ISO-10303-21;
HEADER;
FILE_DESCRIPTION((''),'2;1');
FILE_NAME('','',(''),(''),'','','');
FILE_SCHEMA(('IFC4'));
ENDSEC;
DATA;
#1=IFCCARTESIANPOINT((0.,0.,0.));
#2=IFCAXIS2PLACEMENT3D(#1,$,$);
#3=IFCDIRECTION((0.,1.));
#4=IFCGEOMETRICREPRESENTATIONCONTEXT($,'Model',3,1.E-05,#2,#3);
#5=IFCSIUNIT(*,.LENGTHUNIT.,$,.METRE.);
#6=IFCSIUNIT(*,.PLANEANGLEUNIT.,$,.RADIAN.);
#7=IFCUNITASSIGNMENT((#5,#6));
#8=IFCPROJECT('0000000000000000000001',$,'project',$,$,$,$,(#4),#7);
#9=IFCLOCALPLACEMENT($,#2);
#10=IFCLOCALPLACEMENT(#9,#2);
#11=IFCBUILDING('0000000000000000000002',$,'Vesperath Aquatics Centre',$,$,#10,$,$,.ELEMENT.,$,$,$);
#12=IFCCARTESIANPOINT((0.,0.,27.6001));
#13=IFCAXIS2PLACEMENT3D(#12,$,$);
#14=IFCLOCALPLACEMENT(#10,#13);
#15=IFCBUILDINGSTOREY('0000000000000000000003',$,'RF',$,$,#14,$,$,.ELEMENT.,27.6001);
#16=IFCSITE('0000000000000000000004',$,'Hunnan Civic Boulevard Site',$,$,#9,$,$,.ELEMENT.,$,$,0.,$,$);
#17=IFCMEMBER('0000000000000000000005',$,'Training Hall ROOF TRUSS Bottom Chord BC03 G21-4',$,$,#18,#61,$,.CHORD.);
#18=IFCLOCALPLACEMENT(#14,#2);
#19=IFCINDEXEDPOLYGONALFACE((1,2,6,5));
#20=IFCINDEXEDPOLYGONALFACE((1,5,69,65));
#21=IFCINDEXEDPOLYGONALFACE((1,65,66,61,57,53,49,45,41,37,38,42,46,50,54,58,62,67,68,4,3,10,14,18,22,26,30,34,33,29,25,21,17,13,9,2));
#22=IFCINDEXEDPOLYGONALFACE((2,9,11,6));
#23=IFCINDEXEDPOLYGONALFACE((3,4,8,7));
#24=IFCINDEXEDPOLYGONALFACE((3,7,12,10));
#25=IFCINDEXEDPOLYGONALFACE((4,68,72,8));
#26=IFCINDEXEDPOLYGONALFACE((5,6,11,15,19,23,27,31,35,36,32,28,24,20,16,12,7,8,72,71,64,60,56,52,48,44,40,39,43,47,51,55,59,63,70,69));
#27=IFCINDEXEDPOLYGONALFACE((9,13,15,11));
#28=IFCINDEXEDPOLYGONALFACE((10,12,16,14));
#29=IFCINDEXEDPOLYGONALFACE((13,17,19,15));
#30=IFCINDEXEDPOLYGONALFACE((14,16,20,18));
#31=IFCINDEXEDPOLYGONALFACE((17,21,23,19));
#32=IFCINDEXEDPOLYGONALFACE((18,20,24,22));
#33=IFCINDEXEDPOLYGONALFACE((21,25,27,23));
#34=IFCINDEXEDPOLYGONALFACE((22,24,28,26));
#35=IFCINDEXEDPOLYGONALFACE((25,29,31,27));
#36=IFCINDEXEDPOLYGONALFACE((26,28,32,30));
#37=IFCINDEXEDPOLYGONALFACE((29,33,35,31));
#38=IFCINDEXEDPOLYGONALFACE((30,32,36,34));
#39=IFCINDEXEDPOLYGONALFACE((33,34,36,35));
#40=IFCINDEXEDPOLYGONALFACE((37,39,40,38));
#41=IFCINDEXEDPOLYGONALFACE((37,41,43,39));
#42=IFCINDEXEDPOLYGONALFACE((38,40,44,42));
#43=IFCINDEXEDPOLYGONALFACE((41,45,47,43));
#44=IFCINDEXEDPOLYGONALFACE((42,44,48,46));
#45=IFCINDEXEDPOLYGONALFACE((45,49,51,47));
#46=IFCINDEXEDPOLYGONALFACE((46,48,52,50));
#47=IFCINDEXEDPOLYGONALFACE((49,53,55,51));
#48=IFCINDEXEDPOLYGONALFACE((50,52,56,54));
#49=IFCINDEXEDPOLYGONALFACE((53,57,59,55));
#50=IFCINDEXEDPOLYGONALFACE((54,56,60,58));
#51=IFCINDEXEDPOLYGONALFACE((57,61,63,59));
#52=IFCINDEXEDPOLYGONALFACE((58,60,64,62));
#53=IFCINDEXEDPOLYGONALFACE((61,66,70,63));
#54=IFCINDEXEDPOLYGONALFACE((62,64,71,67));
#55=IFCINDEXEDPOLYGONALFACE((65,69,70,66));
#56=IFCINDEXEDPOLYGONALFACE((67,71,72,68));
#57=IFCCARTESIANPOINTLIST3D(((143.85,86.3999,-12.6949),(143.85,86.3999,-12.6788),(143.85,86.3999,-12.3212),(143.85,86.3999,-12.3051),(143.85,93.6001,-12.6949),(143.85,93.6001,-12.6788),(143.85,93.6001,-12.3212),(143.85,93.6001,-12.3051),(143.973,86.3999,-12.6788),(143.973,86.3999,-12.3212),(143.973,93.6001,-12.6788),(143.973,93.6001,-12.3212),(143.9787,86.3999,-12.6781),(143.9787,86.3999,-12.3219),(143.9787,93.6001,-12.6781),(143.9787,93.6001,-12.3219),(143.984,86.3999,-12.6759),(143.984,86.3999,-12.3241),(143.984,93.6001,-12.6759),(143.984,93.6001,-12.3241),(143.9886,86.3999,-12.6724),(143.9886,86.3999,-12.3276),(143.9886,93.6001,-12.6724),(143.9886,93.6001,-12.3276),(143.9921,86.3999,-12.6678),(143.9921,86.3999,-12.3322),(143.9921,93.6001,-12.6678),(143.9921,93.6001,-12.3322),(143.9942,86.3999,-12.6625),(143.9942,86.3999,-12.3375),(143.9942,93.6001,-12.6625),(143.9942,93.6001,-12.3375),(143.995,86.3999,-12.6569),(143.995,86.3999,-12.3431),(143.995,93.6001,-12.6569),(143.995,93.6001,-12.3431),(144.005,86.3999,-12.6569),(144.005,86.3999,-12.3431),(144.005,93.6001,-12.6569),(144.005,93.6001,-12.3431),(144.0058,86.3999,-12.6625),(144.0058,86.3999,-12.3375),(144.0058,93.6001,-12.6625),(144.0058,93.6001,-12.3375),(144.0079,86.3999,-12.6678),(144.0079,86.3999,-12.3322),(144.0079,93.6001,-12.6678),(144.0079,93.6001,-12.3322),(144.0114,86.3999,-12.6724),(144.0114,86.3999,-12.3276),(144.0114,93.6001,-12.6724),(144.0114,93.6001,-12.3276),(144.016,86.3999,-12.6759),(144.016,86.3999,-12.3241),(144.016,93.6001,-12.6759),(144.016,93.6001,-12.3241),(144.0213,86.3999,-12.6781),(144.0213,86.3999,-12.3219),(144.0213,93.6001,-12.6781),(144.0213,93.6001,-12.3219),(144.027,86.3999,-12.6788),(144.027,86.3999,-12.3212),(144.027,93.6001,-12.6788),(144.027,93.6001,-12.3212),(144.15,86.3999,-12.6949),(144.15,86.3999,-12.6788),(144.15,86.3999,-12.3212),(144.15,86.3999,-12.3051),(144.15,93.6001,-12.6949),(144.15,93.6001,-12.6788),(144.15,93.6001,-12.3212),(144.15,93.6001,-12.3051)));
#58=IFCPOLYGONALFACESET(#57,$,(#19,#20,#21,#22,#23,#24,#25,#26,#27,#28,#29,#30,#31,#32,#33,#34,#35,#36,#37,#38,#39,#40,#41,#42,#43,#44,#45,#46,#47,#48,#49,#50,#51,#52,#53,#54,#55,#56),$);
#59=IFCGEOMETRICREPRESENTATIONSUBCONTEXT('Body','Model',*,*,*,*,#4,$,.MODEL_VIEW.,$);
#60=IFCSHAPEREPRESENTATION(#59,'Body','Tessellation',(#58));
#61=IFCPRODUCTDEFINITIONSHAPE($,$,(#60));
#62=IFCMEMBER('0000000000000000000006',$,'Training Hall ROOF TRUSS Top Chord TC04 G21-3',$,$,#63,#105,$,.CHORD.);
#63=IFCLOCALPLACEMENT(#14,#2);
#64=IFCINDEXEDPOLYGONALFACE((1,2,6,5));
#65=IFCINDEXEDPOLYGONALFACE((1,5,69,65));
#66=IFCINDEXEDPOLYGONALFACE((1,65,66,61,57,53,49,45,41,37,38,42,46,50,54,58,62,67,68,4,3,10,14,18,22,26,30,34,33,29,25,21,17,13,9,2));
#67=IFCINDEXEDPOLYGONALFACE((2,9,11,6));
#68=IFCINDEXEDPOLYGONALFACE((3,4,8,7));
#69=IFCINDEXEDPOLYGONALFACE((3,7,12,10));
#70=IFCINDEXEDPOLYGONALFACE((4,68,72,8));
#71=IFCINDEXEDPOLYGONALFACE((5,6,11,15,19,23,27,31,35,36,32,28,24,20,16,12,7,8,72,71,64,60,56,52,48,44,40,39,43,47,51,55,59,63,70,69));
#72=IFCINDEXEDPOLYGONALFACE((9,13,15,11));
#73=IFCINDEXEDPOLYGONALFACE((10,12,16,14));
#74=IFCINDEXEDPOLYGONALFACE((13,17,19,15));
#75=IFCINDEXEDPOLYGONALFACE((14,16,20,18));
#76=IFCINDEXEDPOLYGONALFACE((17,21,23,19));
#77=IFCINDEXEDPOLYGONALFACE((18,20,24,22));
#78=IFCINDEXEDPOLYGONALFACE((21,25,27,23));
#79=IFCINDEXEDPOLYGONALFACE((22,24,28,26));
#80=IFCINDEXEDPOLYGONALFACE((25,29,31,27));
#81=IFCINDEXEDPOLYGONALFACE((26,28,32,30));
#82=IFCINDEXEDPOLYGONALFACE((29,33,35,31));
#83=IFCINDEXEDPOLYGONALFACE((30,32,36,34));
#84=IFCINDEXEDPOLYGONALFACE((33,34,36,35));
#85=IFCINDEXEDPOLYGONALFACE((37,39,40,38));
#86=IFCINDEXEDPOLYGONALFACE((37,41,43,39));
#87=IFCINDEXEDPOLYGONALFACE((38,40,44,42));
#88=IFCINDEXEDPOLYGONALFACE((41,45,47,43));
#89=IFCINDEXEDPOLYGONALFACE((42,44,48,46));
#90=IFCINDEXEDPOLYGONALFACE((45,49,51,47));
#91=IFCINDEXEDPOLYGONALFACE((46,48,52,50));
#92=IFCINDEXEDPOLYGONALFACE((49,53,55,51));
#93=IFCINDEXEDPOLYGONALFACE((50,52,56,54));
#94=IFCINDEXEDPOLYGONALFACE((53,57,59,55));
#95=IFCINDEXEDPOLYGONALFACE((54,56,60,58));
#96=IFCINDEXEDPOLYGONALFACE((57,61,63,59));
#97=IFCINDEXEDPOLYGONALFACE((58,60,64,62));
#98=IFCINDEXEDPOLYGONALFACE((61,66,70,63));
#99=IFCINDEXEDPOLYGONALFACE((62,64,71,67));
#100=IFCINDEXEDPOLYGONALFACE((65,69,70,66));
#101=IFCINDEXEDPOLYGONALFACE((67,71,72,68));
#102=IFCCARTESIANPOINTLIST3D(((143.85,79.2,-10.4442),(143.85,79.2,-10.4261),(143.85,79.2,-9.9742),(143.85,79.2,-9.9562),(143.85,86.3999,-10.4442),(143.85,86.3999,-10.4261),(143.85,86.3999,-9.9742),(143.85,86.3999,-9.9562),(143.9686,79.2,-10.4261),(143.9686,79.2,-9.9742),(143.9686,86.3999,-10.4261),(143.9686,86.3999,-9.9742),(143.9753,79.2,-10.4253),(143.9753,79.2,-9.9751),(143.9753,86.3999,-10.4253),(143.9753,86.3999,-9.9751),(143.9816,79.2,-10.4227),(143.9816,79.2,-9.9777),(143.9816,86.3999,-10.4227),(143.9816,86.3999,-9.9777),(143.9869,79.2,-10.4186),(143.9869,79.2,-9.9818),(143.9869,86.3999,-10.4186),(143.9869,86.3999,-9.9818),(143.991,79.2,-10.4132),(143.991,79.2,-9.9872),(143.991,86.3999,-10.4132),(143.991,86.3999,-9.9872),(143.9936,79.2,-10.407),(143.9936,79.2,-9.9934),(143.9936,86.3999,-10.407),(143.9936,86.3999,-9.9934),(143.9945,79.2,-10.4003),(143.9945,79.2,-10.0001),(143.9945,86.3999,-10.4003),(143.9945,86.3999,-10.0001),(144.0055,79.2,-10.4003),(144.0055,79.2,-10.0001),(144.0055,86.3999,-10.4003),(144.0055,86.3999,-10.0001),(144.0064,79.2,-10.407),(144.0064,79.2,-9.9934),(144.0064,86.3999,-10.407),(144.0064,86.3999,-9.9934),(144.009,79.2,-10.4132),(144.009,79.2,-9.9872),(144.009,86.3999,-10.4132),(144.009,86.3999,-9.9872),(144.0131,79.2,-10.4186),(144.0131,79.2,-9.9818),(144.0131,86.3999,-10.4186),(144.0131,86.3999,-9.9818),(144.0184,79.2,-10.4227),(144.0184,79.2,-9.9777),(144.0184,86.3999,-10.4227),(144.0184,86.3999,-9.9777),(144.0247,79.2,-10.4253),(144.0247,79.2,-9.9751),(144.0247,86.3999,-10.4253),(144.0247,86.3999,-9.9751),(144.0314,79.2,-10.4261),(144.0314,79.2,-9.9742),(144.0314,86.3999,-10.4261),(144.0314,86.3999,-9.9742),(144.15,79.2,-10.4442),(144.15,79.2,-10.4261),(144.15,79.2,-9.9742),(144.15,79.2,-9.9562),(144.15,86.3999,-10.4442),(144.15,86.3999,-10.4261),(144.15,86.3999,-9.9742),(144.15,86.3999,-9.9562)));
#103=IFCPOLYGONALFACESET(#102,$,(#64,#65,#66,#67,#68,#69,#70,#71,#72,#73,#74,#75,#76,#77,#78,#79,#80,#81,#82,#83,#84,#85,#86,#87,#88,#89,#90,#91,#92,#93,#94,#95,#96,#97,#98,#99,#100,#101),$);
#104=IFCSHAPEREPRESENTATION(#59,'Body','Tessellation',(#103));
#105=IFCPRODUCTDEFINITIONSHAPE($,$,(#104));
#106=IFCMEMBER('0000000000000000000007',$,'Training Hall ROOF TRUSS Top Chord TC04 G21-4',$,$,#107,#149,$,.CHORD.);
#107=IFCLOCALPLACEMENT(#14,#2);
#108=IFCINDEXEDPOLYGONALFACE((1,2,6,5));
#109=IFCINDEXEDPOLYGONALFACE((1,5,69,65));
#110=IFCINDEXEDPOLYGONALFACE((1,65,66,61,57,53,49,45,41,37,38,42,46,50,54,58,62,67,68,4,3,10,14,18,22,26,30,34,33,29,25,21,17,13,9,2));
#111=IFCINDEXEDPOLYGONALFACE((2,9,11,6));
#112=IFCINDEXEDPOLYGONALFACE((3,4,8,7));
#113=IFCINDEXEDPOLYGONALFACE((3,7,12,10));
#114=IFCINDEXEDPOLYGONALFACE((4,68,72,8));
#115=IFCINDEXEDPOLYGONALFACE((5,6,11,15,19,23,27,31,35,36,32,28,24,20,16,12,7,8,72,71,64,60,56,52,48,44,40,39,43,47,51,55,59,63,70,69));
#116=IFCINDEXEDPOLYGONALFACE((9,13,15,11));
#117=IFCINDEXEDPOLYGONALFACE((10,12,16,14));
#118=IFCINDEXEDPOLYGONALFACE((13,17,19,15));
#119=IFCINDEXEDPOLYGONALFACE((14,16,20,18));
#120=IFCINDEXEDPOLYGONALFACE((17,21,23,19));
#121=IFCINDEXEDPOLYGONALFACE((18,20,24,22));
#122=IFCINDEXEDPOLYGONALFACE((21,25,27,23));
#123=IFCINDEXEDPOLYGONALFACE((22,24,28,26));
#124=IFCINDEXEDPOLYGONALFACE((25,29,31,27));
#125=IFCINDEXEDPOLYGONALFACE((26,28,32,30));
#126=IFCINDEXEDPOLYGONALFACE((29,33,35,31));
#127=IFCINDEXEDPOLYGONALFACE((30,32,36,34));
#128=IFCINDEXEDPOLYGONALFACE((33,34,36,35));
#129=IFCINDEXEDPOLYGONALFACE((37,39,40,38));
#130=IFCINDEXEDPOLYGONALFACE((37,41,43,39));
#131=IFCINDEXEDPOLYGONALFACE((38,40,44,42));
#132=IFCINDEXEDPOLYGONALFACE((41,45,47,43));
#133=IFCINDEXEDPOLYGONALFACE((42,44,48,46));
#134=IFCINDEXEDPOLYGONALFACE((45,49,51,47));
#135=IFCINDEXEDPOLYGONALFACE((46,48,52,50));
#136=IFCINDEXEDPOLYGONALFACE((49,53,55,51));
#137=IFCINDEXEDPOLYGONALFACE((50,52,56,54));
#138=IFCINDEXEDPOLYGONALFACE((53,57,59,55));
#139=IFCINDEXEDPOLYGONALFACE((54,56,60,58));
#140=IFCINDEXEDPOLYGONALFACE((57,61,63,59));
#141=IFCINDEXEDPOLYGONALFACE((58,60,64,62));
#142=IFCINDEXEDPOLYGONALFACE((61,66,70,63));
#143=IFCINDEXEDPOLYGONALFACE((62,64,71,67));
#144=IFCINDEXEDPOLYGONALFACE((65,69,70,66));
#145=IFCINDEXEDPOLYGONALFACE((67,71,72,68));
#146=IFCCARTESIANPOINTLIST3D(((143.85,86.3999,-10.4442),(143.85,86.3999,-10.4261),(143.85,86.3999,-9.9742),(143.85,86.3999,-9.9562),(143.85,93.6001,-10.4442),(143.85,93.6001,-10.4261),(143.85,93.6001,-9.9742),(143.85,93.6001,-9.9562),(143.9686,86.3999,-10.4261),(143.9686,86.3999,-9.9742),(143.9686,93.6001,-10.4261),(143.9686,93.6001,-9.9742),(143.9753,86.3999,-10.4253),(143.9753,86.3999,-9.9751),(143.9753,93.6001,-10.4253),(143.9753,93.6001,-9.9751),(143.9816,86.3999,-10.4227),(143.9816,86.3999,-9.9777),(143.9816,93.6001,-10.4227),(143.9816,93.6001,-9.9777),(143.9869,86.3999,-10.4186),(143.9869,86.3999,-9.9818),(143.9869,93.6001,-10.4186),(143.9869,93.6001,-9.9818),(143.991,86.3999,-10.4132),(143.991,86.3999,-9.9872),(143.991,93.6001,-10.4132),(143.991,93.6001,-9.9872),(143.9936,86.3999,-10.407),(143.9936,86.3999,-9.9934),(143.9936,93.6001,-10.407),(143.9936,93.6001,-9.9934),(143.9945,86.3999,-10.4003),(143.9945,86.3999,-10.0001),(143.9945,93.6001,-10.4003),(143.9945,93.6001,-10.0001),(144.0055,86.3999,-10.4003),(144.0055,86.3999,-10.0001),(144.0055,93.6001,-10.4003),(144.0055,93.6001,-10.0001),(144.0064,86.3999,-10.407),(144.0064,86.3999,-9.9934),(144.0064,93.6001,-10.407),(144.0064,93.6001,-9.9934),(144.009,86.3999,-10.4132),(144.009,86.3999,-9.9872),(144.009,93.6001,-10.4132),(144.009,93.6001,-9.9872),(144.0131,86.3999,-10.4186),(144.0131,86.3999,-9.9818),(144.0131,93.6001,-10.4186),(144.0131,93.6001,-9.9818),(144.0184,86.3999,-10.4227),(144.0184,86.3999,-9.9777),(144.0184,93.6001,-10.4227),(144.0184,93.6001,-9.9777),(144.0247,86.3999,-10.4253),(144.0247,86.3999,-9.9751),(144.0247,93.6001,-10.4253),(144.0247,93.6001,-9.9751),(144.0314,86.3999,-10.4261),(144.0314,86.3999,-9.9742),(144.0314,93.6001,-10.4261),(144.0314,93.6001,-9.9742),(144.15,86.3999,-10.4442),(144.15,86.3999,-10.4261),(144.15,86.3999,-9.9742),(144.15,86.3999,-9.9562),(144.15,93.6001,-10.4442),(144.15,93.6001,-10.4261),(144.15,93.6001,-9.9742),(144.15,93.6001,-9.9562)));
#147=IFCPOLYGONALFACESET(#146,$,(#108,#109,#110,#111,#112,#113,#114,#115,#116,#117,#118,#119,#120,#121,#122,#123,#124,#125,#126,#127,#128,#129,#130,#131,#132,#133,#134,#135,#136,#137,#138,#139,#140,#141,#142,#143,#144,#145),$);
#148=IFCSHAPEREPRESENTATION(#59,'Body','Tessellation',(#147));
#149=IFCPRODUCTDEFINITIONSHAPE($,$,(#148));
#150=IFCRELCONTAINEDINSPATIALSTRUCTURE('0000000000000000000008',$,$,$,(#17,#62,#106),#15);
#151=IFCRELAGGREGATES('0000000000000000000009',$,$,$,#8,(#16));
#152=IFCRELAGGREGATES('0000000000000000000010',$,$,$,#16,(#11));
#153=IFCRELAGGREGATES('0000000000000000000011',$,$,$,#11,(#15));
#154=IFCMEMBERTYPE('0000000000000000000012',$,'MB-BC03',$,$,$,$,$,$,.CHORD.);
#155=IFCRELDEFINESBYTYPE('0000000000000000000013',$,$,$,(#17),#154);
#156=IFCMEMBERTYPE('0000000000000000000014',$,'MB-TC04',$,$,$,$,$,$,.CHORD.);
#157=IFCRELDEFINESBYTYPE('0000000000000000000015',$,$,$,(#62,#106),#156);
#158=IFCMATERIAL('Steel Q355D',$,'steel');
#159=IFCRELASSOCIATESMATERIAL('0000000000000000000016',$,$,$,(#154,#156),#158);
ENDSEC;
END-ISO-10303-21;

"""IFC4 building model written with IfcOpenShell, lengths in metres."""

from ifc_helpers import new_model, si_unit, direction, frame, origin, origin_2d, place, context, subcontext, project, spatial, i_section, extrude, material, material_profile, profile_set, type_object, element, save


model = new_model("IFC4")

# Units and contexts
model_context = context("Model", 3, precision=1e-05, world=origin(), true_north=direction((0.0, 1.0)))
body_context = subcontext(model_context, "Body", "Model", "MODEL_VIEW")
ifc_project = project(units=[si_unit("LENGTHUNIT", "METRE"), si_unit("PLANEANGLEUNIT", "RADIAN")], contexts=[model_context])

# Site, building, storey
site_placement = place(None, origin())
site = spatial("IfcSite", under=ifc_project, at=site_placement, Name="Hunnan Civic Boulevard Site", CompositionType="ELEMENT", RefElevation=0.0)
building_placement = place(site_placement, origin())
building = spatial("IfcBuilding", under=site, at=building_placement, Name="Vesperath Aquatics Centre", CompositionType="ELEMENT")
storey_placement = place(building_placement, frame((0.0, 0.0, 27.6001)))
storey = spatial("IfcBuildingStorey", under=building, at=storey_placement, Name="RF", CompositionType="ELEMENT", Elevation=27.6001)

# Members
ifc_material_1 = material(Name="Steel Q355D", Category="steel")
ifc_material_profile_1 = material_profile(ifc_material_1, i_section(OverallWidth=0.3, OverallDepth=0.3899, WebThickness=0.01, FlangeThickness=0.0161, FilletRadius=0.022, at=origin_2d()), Name="HM 390x300x10x16")
ifc_profile_set_1 = profile_set([ifc_material_profile_1], Name="Steel Q355D")
member_type_1 = type_object("IfcMemberType", Name="MB-BC03", PredefinedType="CHORD", material=ifc_profile_set_1)
member_1_placement = place(storey_placement, frame((144.0, 86.3999, -12.5), z_axis=(0.0, 1.0, 0.0), x_axis=(-1.0, 0.0, 0.0)))
element("IfcMember", 1, at=member_1_placement, inside=storey, type_object=member_type_1, Name="Training Hall ROOF TRUSS Bottom Chord BC03 G21-4", PredefinedType="CHORD", context=body_context, shape_type="SweptSolid", body=[
    extrude(i_section(OverallWidth=0.3, OverallDepth=0.3899, WebThickness=0.01, FlangeThickness=0.0161, FilletRadius=0.022, at=origin_2d()), origin(), (0.0, 0.0, 1.0), 7.2002),
])
ifc_material_profile_2 = material_profile(ifc_material_1, i_section(OverallWidth=0.3, OverallDepth=0.488, WebThickness=0.011, FlangeThickness=0.0181, FilletRadius=0.0259, at=origin_2d()), Name="HM 488x300x11x18")
ifc_profile_set_2 = profile_set([ifc_material_profile_2], Name="Steel Q355D")
member_type_2 = type_object("IfcMemberType", Name="MB-TC04", PredefinedType="CHORD", material=ifc_profile_set_2)
member_2_placement = place(storey_placement, frame((144.0, 79.2, -10.2002), z_axis=(0.0, 1.0, 0.0), x_axis=(-1.0, 0.0, 0.0)))
element("IfcMember", 2, at=member_2_placement, inside=storey, type_object=member_type_2, Name="Training Hall ROOF TRUSS Top Chord TC04 G21-3", PredefinedType="CHORD", context=body_context, shape_type="SweptSolid", body=[
    extrude(i_section(OverallWidth=0.3, OverallDepth=0.488, WebThickness=0.011, FlangeThickness=0.0181, FilletRadius=0.0259, at=origin_2d()), origin(), (0.0, 0.0, 1.0), 7.2),
])
member_3_placement = place(storey_placement, frame((144.0, 86.3999, -10.2002), z_axis=(0.0, 1.0, 0.0), x_axis=(-1.0, 0.0, 0.0)))
element("IfcMember", 3, at=member_3_placement, inside=storey, type_object=member_type_2, Name="Training Hall ROOF TRUSS Top Chord TC04 G21-4", PredefinedType="CHORD", context=body_context, shape_type="SweptSolid", body=[
    extrude(i_section(OverallWidth=0.3, OverallDepth=0.488, WebThickness=0.011, FlangeThickness=0.0181, FilletRadius=0.0259, at=origin_2d()), origin(), (0.0, 0.0, 1.0), 7.2002),
])

save(model, "model.ifc")
